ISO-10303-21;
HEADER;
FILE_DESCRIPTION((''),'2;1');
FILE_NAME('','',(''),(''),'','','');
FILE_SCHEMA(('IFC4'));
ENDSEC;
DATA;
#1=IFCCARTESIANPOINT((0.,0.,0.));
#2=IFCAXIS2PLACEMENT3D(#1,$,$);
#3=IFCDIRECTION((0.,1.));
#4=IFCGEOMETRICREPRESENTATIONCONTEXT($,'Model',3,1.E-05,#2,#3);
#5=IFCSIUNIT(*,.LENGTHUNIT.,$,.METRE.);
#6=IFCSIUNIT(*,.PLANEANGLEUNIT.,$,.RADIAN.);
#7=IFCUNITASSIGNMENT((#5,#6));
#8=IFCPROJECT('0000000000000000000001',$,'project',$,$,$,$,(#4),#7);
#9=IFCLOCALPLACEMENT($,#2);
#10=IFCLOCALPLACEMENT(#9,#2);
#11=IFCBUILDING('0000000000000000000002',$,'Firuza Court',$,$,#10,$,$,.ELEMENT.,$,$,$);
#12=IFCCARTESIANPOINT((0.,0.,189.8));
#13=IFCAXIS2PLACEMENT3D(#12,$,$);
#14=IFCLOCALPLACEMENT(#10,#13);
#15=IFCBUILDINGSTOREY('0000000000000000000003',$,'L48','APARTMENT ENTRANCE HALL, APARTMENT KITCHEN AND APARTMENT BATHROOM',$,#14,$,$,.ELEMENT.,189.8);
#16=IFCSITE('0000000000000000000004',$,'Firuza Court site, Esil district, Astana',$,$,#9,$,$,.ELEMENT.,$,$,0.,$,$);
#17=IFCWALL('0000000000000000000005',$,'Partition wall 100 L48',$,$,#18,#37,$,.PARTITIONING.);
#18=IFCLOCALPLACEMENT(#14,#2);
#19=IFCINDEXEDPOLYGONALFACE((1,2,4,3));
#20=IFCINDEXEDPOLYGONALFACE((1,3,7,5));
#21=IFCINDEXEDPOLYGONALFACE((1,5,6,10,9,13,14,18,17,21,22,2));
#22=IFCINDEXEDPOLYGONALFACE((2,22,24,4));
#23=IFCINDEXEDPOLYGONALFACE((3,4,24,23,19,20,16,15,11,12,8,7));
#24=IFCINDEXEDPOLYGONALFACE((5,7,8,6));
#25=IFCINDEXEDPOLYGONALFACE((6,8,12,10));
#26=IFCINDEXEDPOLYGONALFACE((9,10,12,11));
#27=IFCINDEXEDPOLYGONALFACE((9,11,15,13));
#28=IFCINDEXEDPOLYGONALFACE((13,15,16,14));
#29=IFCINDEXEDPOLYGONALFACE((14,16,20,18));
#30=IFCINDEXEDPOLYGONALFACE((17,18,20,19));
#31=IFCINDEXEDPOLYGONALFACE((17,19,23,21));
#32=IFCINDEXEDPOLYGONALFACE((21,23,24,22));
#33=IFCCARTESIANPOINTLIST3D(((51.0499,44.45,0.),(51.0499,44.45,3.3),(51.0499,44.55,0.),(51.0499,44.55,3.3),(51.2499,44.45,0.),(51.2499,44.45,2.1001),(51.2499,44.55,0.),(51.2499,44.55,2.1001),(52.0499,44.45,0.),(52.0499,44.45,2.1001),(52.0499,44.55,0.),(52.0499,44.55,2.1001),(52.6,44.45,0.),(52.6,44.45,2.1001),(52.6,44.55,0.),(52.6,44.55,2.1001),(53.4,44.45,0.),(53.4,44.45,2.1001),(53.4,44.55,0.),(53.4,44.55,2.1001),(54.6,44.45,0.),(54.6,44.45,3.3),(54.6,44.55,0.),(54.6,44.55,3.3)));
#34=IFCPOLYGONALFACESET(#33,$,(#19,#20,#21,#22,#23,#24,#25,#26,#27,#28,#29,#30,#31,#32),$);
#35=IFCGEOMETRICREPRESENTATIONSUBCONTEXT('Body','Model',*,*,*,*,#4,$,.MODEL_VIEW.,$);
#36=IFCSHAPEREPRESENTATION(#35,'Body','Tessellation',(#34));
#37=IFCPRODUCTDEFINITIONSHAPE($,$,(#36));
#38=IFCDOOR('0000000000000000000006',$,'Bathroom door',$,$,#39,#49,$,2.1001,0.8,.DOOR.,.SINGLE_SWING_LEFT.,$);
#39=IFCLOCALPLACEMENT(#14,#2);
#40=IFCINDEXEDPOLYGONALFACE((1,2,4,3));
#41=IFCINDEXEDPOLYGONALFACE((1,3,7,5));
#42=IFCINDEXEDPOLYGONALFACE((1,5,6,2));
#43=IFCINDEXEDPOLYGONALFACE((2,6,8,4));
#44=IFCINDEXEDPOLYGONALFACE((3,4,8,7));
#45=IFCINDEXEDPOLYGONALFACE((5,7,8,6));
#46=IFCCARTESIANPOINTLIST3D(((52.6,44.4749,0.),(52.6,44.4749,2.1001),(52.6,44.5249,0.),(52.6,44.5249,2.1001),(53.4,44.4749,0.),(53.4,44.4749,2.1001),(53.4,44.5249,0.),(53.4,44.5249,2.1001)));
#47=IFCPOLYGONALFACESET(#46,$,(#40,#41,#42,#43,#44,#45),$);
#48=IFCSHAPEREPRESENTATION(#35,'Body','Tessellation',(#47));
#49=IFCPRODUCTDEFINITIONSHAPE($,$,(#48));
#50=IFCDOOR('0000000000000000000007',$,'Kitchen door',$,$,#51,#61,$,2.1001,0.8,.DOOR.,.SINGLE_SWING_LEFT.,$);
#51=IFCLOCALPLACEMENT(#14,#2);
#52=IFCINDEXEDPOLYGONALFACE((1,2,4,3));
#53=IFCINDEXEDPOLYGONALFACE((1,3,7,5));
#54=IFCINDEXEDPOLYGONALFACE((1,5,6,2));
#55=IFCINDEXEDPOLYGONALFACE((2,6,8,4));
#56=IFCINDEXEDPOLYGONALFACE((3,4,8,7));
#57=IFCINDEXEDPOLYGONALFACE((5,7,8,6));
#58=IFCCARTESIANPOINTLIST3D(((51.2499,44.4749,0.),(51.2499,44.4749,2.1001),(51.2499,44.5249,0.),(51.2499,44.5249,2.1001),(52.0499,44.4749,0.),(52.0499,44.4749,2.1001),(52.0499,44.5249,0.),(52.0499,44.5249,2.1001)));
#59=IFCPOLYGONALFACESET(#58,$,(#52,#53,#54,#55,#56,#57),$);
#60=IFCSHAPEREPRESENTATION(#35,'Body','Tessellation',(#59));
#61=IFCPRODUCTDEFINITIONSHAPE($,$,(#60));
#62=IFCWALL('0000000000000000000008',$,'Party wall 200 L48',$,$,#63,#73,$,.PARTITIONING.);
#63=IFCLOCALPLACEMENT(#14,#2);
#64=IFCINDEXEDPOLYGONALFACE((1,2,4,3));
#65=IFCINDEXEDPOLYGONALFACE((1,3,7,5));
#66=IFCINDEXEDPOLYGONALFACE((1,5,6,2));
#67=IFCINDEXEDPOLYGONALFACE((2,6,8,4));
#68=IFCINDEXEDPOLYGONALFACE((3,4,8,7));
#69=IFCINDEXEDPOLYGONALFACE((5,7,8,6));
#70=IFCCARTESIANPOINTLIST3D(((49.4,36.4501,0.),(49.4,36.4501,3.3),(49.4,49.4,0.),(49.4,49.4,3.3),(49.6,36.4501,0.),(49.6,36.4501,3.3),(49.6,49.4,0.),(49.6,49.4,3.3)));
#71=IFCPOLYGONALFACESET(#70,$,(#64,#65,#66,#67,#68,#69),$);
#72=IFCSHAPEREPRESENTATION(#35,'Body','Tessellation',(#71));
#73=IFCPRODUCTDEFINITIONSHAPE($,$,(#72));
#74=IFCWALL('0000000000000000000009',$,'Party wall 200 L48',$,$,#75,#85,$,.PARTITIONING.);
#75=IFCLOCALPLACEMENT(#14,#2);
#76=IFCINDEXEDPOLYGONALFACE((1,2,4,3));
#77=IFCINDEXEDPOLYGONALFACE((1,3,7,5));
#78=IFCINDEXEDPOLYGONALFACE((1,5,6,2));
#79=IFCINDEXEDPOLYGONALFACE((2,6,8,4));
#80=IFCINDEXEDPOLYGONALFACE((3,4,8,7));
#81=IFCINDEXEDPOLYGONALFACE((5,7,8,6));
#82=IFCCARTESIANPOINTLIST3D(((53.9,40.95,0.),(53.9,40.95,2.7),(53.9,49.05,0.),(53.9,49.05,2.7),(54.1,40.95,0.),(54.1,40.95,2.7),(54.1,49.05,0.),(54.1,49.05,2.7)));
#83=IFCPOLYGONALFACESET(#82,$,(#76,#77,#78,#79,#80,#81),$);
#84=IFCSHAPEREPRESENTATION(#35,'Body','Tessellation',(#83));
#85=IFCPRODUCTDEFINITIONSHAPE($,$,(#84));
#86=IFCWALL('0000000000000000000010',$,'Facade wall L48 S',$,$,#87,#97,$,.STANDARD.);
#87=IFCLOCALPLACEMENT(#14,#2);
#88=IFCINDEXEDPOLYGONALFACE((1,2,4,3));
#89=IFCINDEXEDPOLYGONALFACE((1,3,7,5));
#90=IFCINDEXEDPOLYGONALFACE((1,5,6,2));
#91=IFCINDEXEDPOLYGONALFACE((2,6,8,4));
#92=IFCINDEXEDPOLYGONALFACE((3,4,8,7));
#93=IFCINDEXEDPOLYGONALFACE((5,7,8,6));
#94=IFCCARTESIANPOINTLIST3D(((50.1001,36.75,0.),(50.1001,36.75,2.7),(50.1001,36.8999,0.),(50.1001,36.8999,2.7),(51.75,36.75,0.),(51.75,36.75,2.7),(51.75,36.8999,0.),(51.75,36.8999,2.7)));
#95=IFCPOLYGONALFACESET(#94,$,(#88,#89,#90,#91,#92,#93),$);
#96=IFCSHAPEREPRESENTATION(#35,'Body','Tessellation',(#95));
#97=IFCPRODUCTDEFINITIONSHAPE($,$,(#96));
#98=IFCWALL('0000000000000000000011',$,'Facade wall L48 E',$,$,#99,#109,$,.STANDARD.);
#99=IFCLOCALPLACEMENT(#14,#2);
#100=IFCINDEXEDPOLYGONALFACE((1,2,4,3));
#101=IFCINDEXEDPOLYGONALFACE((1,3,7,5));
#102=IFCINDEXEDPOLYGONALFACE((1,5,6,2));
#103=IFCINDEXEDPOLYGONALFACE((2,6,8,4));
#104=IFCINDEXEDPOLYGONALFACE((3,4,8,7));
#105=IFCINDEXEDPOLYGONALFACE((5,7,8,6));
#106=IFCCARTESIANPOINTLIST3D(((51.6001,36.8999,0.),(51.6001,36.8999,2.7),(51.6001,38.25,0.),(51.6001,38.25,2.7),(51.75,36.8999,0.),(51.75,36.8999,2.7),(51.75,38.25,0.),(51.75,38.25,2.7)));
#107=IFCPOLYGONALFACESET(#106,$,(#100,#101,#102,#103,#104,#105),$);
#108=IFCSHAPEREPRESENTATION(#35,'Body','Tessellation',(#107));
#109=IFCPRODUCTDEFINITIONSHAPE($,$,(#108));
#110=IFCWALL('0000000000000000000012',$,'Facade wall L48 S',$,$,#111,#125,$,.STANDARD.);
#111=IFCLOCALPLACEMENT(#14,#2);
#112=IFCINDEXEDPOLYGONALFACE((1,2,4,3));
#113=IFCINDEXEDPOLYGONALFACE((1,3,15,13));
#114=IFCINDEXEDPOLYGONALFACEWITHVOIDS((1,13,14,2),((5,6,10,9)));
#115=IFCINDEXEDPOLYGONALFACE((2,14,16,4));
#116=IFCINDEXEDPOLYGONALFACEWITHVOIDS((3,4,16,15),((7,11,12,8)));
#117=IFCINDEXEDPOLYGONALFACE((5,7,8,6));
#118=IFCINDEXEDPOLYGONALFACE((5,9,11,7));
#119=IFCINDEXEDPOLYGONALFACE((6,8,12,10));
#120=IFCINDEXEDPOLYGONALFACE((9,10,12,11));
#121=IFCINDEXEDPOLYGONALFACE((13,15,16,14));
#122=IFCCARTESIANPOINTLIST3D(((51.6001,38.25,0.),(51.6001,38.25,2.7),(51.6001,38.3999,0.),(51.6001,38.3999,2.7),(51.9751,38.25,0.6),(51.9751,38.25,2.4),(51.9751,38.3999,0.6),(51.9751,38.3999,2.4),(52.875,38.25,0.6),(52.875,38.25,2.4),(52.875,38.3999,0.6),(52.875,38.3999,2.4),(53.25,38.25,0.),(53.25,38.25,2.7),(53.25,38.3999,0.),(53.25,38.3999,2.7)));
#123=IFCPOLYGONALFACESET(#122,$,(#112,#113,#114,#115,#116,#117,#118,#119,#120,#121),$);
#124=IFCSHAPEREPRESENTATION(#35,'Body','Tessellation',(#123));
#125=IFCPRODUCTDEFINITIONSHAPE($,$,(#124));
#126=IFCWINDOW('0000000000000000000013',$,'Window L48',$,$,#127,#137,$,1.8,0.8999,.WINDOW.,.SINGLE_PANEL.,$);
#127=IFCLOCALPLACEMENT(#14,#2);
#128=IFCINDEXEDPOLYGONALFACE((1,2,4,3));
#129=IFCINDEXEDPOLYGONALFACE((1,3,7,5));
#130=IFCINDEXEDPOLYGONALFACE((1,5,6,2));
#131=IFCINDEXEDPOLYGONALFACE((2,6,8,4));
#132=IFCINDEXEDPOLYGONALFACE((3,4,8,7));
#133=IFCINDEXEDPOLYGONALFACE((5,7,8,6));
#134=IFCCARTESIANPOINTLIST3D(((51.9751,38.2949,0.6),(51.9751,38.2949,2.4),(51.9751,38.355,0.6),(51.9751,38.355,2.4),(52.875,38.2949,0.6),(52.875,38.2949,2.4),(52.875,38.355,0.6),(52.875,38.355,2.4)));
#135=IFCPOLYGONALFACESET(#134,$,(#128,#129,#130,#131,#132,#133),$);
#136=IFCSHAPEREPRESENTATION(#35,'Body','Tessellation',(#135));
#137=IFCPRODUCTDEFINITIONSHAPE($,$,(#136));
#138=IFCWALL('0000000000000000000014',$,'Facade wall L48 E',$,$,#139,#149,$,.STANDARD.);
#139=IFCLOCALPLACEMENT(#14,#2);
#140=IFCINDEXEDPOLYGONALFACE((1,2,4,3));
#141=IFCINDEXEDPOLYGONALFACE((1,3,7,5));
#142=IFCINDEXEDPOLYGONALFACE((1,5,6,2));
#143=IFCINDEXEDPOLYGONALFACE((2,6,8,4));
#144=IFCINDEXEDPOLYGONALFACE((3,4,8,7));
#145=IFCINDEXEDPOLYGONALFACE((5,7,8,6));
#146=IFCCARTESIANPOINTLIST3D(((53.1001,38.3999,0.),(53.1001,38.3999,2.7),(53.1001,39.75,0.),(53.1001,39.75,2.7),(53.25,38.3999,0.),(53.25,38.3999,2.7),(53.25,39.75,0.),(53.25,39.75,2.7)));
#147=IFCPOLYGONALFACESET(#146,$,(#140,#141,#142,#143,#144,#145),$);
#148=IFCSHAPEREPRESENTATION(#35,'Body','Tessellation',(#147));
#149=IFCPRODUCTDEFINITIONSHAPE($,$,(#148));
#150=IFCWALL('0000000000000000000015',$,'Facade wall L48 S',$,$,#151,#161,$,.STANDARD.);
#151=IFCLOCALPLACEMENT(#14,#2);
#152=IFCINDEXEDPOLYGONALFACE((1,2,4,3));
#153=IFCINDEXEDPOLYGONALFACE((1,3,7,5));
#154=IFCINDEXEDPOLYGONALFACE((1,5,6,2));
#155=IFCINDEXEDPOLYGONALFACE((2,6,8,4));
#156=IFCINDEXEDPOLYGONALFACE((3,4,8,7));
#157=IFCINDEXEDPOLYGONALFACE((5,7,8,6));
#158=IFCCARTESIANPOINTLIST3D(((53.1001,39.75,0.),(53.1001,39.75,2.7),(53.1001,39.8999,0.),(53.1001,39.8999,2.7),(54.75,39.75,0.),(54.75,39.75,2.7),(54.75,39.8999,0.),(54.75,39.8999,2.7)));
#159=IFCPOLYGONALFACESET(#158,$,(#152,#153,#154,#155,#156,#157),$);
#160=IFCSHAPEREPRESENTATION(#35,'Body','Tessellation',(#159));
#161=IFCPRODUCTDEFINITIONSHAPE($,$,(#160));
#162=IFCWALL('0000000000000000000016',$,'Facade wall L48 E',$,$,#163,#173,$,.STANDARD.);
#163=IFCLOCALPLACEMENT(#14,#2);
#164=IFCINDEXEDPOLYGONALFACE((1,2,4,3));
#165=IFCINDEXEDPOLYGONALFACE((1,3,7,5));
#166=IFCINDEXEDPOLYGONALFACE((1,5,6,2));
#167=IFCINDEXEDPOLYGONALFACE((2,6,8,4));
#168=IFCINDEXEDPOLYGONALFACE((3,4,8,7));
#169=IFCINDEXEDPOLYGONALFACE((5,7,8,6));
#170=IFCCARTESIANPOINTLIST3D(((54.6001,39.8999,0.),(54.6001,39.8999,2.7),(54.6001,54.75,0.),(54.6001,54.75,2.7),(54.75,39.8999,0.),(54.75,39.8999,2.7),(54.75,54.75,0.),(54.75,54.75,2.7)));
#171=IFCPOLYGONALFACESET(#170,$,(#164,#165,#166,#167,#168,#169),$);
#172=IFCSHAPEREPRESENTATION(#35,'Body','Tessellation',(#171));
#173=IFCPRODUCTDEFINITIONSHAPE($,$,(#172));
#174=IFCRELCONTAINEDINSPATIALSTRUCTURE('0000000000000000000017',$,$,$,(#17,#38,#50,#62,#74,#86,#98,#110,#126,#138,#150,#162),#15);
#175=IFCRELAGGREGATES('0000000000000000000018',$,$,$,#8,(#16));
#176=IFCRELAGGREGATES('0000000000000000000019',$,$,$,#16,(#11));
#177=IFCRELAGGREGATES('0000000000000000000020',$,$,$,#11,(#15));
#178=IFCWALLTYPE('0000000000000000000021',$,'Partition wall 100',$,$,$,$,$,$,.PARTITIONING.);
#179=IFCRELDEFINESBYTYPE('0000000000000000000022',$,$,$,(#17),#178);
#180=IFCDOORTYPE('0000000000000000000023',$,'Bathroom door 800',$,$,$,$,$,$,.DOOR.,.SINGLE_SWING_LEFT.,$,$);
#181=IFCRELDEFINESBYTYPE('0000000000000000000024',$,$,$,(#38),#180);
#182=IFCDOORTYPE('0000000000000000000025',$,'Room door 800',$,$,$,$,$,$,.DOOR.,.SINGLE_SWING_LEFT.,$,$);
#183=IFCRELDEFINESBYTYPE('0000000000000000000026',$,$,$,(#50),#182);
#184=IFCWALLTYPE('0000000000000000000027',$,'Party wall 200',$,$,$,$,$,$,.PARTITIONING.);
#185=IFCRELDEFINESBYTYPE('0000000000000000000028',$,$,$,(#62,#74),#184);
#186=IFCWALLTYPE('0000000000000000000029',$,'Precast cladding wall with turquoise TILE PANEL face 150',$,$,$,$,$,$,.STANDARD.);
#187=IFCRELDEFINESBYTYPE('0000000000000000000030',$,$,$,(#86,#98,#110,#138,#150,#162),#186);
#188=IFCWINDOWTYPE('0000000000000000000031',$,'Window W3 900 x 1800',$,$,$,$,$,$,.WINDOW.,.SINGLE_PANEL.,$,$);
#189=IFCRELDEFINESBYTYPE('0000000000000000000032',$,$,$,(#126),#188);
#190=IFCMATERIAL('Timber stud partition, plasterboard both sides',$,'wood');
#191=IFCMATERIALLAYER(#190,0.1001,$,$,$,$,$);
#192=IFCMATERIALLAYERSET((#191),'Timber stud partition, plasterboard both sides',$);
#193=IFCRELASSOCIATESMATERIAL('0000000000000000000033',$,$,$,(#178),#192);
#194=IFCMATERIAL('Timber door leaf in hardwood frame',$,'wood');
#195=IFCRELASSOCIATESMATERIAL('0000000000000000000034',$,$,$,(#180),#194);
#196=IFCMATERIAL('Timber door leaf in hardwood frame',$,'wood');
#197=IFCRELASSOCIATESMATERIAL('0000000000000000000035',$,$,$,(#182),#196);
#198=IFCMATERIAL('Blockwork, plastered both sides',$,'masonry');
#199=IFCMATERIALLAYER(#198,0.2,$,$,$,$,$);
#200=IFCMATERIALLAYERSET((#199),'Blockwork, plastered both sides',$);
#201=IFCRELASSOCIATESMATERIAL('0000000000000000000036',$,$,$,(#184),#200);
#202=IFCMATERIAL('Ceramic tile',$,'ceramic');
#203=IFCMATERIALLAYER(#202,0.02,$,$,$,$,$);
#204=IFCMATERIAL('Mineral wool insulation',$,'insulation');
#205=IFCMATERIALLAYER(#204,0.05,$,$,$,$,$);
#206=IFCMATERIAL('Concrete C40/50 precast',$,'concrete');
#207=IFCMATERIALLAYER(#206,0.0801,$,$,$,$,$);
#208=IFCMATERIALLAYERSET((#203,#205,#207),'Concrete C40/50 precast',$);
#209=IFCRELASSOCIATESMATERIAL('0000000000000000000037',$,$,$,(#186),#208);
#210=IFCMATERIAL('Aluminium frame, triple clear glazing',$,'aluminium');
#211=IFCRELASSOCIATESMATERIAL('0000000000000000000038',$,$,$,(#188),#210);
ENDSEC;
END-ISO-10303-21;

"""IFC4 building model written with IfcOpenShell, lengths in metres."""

from ifc_helpers import new_model, si_unit, direction, frame, frame_2d, origin, place, context, subcontext, project, spatial, rectangle, extrude, material, layer, layer_set, type_object, element, fill, save


model = new_model("IFC4")

# Units and contexts
model_context = context("Model", 3, precision=1e-05, world=origin(), true_north=direction((0.0, 1.0)))
body_context = subcontext(model_context, "Body", "Model", "MODEL_VIEW")
ifc_project = project(units=[si_unit("LENGTHUNIT", "METRE"), si_unit("PLANEANGLEUNIT", "RADIAN")], contexts=[model_context])

# Site, building, storey
site_placement = place(None, origin())
site = spatial("IfcSite", under=ifc_project, at=site_placement, Name="Firuza Court site, Esil district, Astana", CompositionType="ELEMENT", RefElevation=0.0)
building_placement = place(site_placement, origin())
building = spatial("IfcBuilding", under=site, at=building_placement, Name="Firuza Court", CompositionType="ELEMENT")
storey_placement = place(building_placement, frame((0.0, 0.0, 189.8)))
storey = spatial("IfcBuildingStorey", under=building, at=storey_placement, Name="L48", Description="APARTMENT ENTRANCE HALL, APARTMENT KITCHEN AND APARTMENT BATHROOM", CompositionType="ELEMENT", Elevation=189.8)

# Shared definitions
ifc_material_1 = material(Name="Timber stud partition, plasterboard both sides", Category="wood")
ifc_layer_1 = layer(ifc_material_1, 0.1001)
ifc_layer_set_1 = layer_set([ifc_layer_1], Name="Timber stud partition, plasterboard both sides")
wall_type_1 = type_object("IfcWallType", Name="Partition wall 100", PredefinedType="PARTITIONING", material=ifc_layer_set_1)

# Wall, openings, doors
wall_1_placement = place(storey_placement, frame((51.05, 44.5, 0.0), z_axis=(0.0, 0.0, 1.0), x_axis=(1.0, 0.0, 0.0)))
wall_1 = element("IfcWall", 1, at=wall_1_placement, inside=storey, type_object=wall_type_1, Name="Partition wall 100 L48", PredefinedType="PARTITIONING", context=body_context, shape_type="SweptSolid", body=[
    extrude(rectangle(XDim=3.55, YDim=0.1001, at=frame_2d((1.7749, 0.0))), origin(), (0.0, 0.0, 1.0), 3.3),
])
opening_1_placement = place(wall_1_placement, frame((1.55, 0.0, 0.0)))
opening_1 = element("IfcOpeningElement", 2, at=opening_1_placement, cuts=wall_1, PredefinedType="OPENING", context=body_context, shape_type="SweptSolid", body=[
    extrude(rectangle(XDim=0.8, YDim=2.1001, at=frame_2d((0.3999, 1.05))), frame((0.0, 0.062, 0.0), z_axis=(0.0, -1.0, 0.0), x_axis=(1.0, 0.0, 0.0)), (0.0, 0.0, 1.0), 0.124),
])
opening_2_placement = place(wall_1_placement, frame((0.2, 0.0, 0.0)))
opening_2 = element("IfcOpeningElement", 3, at=opening_2_placement, cuts=wall_1, PredefinedType="OPENING", context=body_context, shape_type="SweptSolid", body=[
    extrude(rectangle(XDim=0.8, YDim=2.1001, at=frame_2d((0.3999, 1.05))), frame((0.0, 0.062, 0.0), z_axis=(0.0, -1.0, 0.0), x_axis=(1.0, 0.0, 0.0)), (0.0, 0.0, 1.0), 0.124),
])
ifc_material_2 = material(Name="Timber door leaf in hardwood frame", Category="wood")
door_type_1 = type_object("IfcDoorType", Name="Bathroom door 800", OperationType="SINGLE_SWING_LEFT", PredefinedType="DOOR", material=ifc_material_2)
door_1_placement = place(opening_1_placement, origin())
door_1 = element("IfcDoor", 4, at=door_1_placement, inside=storey, type_object=door_type_1, Name="Bathroom door", OperationType="SINGLE_SWING_LEFT", OverallHeight=2.1001, OverallWidth=0.8, PredefinedType="DOOR", context=body_context, shape_type="SweptSolid", body=[
    extrude(rectangle(XDim=0.8, YDim=2.1001, at=frame_2d((0.3999, 1.05))), frame((0.0, 0.0249, 0.0), z_axis=(0.0, -1.0, 0.0), x_axis=(1.0, 0.0, 0.0)), (0.0, 0.0, 1.0), 0.05),
])
fill(opening_1, door_1)
ifc_material_3 = material(Name="Timber door leaf in hardwood frame", Category="wood")
door_type_2 = type_object("IfcDoorType", Name="Room door 800", OperationType="SINGLE_SWING_LEFT", PredefinedType="DOOR", material=ifc_material_3)
door_2_placement = place(opening_2_placement, origin())
door_2 = element("IfcDoor", 5, at=door_2_placement, inside=storey, type_object=door_type_2, Name="Kitchen door", OperationType="SINGLE_SWING_LEFT", OverallHeight=2.1001, OverallWidth=0.8, PredefinedType="DOOR", context=body_context, shape_type="SweptSolid", body=[
    extrude(rectangle(XDim=0.8, YDim=2.1001, at=frame_2d((0.3999, 1.05))), frame((0.0, 0.0249, 0.0), z_axis=(0.0, -1.0, 0.0), x_axis=(1.0, 0.0, 0.0)), (0.0, 0.0, 1.0), 0.05),
])
fill(opening_2, door_2)

# Walls
ifc_material_4 = material(Name="Blockwork, plastered both sides", Category="masonry")
ifc_layer_2 = layer(ifc_material_4, 0.2)
ifc_layer_set_2 = layer_set([ifc_layer_2], Name="Blockwork, plastered both sides")
wall_type_2 = type_object("IfcWallType", Name="Party wall 200", PredefinedType="PARTITIONING", material=ifc_layer_set_2)
wall_2_placement = place(storey_placement, frame((49.5, 36.45, 0.0), z_axis=(0.0, 0.0, 1.0), x_axis=(0.0, 1.0, 0.0)))
element("IfcWall", 6, at=wall_2_placement, inside=storey, type_object=wall_type_2, Name="Party wall 200 L48", PredefinedType="PARTITIONING", context=body_context, shape_type="SweptSolid", body=[
    extrude(rectangle(XDim=12.95, YDim=0.2, at=frame_2d((6.4751, 0.0))), origin(), (0.0, 0.0, 1.0), 3.3),
])
wall_3_placement = place(storey_placement, frame((54.0, 40.95, 0.0), z_axis=(0.0, 0.0, 1.0), x_axis=(0.0, 1.0, 0.0)))
element("IfcWall", 7, at=wall_3_placement, inside=storey, type_object=wall_type_2, Name="Party wall 200 L48", PredefinedType="PARTITIONING", context=body_context, shape_type="SweptSolid", body=[
    extrude(rectangle(XDim=8.1001, YDim=0.2, at=frame_2d((4.05, 0.0))), origin(), (0.0, 0.0, 1.0), 2.7),
])
ifc_material_5 = material(Name="Ceramic tile", Category="ceramic")
ifc_layer_3 = layer(ifc_material_5, 0.02)
ifc_material_6 = material(Name="Mineral wool insulation", Category="insulation")
ifc_layer_4 = layer(ifc_material_6, 0.05)
ifc_material_7 = material(Name="Concrete C40/50 precast", Category="concrete")
ifc_layer_5 = layer(ifc_material_7, 0.0801)
ifc_layer_set_3 = layer_set([ifc_layer_3, ifc_layer_4, ifc_layer_5], Name="Concrete C40/50 precast")
wall_type_3 = type_object("IfcWallType", Name="Precast cladding wall with turquoise TILE PANEL face 150", PredefinedType="STANDARD", material=ifc_layer_set_3)
wall_4_placement = place(storey_placement, frame((50.1001, 36.825, 0.0), z_axis=(0.0, 0.0, 1.0), x_axis=(1.0, 0.0, 0.0)))
element("IfcWall", 8, at=wall_4_placement, inside=storey, type_object=wall_type_3, Name="Facade wall L48 S", PredefinedType="STANDARD", context=body_context, shape_type="SweptSolid", body=[
    extrude(rectangle(XDim=1.6499, YDim=0.1499, at=frame_2d((0.825, 0.0))), origin(), (0.0, 0.0, 1.0), 2.7),
])
wall_5_placement = place(storey_placement, frame((51.675, 36.8999, 0.0), z_axis=(0.0, 0.0, 1.0), x_axis=(0.0, 1.0, 0.0)))
element("IfcWall", 9, at=wall_5_placement, inside=storey, type_object=wall_type_3, Name="Facade wall L48 E", PredefinedType="STANDARD", context=body_context, shape_type="SweptSolid", body=[
    extrude(rectangle(XDim=1.3501, YDim=0.1499, at=frame_2d((0.675, 0.0))), origin(), (0.0, 0.0, 1.0), 2.7),
])

# Wall, opening, window
wall_6_placement = place(storey_placement, frame((51.6001, 38.325, 0.0), z_axis=(0.0, 0.0, 1.0), x_axis=(1.0, 0.0, 0.0)))
wall_6 = element("IfcWall", 10, at=wall_6_placement, inside=storey, type_object=wall_type_3, Name="Facade wall L48 S", PredefinedType="STANDARD", context=body_context, shape_type="SweptSolid", body=[
    extrude(rectangle(XDim=1.6499, YDim=0.1499, at=frame_2d((0.825, 0.0))), origin(), (0.0, 0.0, 1.0), 2.7),
])
opening_3_placement = place(wall_6_placement, frame((0.375, 0.0, 0.6001)))
opening_3 = element("IfcOpeningElement", 11, at=opening_3_placement, cuts=wall_6, PredefinedType="OPENING", context=body_context, shape_type="SweptSolid", body=[
    extrude(rectangle(XDim=0.8999, YDim=1.8, at=frame_2d((0.45, 0.8999))), frame((0.0, 0.0869, 0.0), z_axis=(0.0, -1.0, 0.0), x_axis=(1.0, 0.0, 0.0)), (0.0, 0.0, 1.0), 0.1738),
])
ifc_material_8 = material(Name="Aluminium frame, triple clear glazing", Category="aluminium")
window_type = type_object("IfcWindowType", Name="Window W3 900 x 1800", PartitioningType="SINGLE_PANEL", PredefinedType="WINDOW", material=ifc_material_8)
window_placement = place(opening_3_placement, origin())
window = element("IfcWindow", 12, at=window_placement, inside=storey, type_object=window_type, Name="Window L48", OverallHeight=1.8, OverallWidth=0.8999, PartitioningType="SINGLE_PANEL", PredefinedType="WINDOW", context=body_context, shape_type="SweptSolid", body=[
    extrude(rectangle(XDim=0.8999, YDim=1.8, at=frame_2d((0.45, 0.8999))), frame((0.0, 0.03, 0.0), z_axis=(0.0, -1.0, 0.0), x_axis=(1.0, 0.0, 0.0)), (0.0, 0.0, 1.0), 0.0601),
])
fill(opening_3, window)

# Walls
wall_7_placement = place(storey_placement, frame((53.175, 38.3999, 0.0), z_axis=(0.0, 0.0, 1.0), x_axis=(0.0, 1.0, 0.0)))
element("IfcWall", 13, at=wall_7_placement, inside=storey, type_object=wall_type_3, Name="Facade wall L48 E", PredefinedType="STANDARD", context=body_context, shape_type="SweptSolid", body=[
    extrude(rectangle(XDim=1.3501, YDim=0.1499, at=frame_2d((0.675, 0.0))), origin(), (0.0, 0.0, 1.0), 2.7),
])
wall_8_placement = place(storey_placement, frame((53.1001, 39.825, 0.0), z_axis=(0.0, 0.0, 1.0), x_axis=(1.0, 0.0, 0.0)))
element("IfcWall", 14, at=wall_8_placement, inside=storey, type_object=wall_type_3, Name="Facade wall L48 S", PredefinedType="STANDARD", context=body_context, shape_type="SweptSolid", body=[
    extrude(rectangle(XDim=1.6499, YDim=0.1499, at=frame_2d((0.825, 0.0))), origin(), (0.0, 0.0, 1.0), 2.7),
])
wall_9_placement = place(storey_placement, frame((54.675, 39.8999, 0.0), z_axis=(0.0, 0.0, 1.0), x_axis=(0.0, 1.0, 0.0)))
element("IfcWall", 15, at=wall_9_placement, inside=storey, type_object=wall_type_3, Name="Facade wall L48 E", PredefinedType="STANDARD", context=body_context, shape_type="SweptSolid", body=[
    extrude(rectangle(XDim=14.8501, YDim=0.1499, at=frame_2d((7.425, 0.0))), origin(), (0.0, 0.0, 1.0), 2.7),
])

save(model, "model.ifc")
